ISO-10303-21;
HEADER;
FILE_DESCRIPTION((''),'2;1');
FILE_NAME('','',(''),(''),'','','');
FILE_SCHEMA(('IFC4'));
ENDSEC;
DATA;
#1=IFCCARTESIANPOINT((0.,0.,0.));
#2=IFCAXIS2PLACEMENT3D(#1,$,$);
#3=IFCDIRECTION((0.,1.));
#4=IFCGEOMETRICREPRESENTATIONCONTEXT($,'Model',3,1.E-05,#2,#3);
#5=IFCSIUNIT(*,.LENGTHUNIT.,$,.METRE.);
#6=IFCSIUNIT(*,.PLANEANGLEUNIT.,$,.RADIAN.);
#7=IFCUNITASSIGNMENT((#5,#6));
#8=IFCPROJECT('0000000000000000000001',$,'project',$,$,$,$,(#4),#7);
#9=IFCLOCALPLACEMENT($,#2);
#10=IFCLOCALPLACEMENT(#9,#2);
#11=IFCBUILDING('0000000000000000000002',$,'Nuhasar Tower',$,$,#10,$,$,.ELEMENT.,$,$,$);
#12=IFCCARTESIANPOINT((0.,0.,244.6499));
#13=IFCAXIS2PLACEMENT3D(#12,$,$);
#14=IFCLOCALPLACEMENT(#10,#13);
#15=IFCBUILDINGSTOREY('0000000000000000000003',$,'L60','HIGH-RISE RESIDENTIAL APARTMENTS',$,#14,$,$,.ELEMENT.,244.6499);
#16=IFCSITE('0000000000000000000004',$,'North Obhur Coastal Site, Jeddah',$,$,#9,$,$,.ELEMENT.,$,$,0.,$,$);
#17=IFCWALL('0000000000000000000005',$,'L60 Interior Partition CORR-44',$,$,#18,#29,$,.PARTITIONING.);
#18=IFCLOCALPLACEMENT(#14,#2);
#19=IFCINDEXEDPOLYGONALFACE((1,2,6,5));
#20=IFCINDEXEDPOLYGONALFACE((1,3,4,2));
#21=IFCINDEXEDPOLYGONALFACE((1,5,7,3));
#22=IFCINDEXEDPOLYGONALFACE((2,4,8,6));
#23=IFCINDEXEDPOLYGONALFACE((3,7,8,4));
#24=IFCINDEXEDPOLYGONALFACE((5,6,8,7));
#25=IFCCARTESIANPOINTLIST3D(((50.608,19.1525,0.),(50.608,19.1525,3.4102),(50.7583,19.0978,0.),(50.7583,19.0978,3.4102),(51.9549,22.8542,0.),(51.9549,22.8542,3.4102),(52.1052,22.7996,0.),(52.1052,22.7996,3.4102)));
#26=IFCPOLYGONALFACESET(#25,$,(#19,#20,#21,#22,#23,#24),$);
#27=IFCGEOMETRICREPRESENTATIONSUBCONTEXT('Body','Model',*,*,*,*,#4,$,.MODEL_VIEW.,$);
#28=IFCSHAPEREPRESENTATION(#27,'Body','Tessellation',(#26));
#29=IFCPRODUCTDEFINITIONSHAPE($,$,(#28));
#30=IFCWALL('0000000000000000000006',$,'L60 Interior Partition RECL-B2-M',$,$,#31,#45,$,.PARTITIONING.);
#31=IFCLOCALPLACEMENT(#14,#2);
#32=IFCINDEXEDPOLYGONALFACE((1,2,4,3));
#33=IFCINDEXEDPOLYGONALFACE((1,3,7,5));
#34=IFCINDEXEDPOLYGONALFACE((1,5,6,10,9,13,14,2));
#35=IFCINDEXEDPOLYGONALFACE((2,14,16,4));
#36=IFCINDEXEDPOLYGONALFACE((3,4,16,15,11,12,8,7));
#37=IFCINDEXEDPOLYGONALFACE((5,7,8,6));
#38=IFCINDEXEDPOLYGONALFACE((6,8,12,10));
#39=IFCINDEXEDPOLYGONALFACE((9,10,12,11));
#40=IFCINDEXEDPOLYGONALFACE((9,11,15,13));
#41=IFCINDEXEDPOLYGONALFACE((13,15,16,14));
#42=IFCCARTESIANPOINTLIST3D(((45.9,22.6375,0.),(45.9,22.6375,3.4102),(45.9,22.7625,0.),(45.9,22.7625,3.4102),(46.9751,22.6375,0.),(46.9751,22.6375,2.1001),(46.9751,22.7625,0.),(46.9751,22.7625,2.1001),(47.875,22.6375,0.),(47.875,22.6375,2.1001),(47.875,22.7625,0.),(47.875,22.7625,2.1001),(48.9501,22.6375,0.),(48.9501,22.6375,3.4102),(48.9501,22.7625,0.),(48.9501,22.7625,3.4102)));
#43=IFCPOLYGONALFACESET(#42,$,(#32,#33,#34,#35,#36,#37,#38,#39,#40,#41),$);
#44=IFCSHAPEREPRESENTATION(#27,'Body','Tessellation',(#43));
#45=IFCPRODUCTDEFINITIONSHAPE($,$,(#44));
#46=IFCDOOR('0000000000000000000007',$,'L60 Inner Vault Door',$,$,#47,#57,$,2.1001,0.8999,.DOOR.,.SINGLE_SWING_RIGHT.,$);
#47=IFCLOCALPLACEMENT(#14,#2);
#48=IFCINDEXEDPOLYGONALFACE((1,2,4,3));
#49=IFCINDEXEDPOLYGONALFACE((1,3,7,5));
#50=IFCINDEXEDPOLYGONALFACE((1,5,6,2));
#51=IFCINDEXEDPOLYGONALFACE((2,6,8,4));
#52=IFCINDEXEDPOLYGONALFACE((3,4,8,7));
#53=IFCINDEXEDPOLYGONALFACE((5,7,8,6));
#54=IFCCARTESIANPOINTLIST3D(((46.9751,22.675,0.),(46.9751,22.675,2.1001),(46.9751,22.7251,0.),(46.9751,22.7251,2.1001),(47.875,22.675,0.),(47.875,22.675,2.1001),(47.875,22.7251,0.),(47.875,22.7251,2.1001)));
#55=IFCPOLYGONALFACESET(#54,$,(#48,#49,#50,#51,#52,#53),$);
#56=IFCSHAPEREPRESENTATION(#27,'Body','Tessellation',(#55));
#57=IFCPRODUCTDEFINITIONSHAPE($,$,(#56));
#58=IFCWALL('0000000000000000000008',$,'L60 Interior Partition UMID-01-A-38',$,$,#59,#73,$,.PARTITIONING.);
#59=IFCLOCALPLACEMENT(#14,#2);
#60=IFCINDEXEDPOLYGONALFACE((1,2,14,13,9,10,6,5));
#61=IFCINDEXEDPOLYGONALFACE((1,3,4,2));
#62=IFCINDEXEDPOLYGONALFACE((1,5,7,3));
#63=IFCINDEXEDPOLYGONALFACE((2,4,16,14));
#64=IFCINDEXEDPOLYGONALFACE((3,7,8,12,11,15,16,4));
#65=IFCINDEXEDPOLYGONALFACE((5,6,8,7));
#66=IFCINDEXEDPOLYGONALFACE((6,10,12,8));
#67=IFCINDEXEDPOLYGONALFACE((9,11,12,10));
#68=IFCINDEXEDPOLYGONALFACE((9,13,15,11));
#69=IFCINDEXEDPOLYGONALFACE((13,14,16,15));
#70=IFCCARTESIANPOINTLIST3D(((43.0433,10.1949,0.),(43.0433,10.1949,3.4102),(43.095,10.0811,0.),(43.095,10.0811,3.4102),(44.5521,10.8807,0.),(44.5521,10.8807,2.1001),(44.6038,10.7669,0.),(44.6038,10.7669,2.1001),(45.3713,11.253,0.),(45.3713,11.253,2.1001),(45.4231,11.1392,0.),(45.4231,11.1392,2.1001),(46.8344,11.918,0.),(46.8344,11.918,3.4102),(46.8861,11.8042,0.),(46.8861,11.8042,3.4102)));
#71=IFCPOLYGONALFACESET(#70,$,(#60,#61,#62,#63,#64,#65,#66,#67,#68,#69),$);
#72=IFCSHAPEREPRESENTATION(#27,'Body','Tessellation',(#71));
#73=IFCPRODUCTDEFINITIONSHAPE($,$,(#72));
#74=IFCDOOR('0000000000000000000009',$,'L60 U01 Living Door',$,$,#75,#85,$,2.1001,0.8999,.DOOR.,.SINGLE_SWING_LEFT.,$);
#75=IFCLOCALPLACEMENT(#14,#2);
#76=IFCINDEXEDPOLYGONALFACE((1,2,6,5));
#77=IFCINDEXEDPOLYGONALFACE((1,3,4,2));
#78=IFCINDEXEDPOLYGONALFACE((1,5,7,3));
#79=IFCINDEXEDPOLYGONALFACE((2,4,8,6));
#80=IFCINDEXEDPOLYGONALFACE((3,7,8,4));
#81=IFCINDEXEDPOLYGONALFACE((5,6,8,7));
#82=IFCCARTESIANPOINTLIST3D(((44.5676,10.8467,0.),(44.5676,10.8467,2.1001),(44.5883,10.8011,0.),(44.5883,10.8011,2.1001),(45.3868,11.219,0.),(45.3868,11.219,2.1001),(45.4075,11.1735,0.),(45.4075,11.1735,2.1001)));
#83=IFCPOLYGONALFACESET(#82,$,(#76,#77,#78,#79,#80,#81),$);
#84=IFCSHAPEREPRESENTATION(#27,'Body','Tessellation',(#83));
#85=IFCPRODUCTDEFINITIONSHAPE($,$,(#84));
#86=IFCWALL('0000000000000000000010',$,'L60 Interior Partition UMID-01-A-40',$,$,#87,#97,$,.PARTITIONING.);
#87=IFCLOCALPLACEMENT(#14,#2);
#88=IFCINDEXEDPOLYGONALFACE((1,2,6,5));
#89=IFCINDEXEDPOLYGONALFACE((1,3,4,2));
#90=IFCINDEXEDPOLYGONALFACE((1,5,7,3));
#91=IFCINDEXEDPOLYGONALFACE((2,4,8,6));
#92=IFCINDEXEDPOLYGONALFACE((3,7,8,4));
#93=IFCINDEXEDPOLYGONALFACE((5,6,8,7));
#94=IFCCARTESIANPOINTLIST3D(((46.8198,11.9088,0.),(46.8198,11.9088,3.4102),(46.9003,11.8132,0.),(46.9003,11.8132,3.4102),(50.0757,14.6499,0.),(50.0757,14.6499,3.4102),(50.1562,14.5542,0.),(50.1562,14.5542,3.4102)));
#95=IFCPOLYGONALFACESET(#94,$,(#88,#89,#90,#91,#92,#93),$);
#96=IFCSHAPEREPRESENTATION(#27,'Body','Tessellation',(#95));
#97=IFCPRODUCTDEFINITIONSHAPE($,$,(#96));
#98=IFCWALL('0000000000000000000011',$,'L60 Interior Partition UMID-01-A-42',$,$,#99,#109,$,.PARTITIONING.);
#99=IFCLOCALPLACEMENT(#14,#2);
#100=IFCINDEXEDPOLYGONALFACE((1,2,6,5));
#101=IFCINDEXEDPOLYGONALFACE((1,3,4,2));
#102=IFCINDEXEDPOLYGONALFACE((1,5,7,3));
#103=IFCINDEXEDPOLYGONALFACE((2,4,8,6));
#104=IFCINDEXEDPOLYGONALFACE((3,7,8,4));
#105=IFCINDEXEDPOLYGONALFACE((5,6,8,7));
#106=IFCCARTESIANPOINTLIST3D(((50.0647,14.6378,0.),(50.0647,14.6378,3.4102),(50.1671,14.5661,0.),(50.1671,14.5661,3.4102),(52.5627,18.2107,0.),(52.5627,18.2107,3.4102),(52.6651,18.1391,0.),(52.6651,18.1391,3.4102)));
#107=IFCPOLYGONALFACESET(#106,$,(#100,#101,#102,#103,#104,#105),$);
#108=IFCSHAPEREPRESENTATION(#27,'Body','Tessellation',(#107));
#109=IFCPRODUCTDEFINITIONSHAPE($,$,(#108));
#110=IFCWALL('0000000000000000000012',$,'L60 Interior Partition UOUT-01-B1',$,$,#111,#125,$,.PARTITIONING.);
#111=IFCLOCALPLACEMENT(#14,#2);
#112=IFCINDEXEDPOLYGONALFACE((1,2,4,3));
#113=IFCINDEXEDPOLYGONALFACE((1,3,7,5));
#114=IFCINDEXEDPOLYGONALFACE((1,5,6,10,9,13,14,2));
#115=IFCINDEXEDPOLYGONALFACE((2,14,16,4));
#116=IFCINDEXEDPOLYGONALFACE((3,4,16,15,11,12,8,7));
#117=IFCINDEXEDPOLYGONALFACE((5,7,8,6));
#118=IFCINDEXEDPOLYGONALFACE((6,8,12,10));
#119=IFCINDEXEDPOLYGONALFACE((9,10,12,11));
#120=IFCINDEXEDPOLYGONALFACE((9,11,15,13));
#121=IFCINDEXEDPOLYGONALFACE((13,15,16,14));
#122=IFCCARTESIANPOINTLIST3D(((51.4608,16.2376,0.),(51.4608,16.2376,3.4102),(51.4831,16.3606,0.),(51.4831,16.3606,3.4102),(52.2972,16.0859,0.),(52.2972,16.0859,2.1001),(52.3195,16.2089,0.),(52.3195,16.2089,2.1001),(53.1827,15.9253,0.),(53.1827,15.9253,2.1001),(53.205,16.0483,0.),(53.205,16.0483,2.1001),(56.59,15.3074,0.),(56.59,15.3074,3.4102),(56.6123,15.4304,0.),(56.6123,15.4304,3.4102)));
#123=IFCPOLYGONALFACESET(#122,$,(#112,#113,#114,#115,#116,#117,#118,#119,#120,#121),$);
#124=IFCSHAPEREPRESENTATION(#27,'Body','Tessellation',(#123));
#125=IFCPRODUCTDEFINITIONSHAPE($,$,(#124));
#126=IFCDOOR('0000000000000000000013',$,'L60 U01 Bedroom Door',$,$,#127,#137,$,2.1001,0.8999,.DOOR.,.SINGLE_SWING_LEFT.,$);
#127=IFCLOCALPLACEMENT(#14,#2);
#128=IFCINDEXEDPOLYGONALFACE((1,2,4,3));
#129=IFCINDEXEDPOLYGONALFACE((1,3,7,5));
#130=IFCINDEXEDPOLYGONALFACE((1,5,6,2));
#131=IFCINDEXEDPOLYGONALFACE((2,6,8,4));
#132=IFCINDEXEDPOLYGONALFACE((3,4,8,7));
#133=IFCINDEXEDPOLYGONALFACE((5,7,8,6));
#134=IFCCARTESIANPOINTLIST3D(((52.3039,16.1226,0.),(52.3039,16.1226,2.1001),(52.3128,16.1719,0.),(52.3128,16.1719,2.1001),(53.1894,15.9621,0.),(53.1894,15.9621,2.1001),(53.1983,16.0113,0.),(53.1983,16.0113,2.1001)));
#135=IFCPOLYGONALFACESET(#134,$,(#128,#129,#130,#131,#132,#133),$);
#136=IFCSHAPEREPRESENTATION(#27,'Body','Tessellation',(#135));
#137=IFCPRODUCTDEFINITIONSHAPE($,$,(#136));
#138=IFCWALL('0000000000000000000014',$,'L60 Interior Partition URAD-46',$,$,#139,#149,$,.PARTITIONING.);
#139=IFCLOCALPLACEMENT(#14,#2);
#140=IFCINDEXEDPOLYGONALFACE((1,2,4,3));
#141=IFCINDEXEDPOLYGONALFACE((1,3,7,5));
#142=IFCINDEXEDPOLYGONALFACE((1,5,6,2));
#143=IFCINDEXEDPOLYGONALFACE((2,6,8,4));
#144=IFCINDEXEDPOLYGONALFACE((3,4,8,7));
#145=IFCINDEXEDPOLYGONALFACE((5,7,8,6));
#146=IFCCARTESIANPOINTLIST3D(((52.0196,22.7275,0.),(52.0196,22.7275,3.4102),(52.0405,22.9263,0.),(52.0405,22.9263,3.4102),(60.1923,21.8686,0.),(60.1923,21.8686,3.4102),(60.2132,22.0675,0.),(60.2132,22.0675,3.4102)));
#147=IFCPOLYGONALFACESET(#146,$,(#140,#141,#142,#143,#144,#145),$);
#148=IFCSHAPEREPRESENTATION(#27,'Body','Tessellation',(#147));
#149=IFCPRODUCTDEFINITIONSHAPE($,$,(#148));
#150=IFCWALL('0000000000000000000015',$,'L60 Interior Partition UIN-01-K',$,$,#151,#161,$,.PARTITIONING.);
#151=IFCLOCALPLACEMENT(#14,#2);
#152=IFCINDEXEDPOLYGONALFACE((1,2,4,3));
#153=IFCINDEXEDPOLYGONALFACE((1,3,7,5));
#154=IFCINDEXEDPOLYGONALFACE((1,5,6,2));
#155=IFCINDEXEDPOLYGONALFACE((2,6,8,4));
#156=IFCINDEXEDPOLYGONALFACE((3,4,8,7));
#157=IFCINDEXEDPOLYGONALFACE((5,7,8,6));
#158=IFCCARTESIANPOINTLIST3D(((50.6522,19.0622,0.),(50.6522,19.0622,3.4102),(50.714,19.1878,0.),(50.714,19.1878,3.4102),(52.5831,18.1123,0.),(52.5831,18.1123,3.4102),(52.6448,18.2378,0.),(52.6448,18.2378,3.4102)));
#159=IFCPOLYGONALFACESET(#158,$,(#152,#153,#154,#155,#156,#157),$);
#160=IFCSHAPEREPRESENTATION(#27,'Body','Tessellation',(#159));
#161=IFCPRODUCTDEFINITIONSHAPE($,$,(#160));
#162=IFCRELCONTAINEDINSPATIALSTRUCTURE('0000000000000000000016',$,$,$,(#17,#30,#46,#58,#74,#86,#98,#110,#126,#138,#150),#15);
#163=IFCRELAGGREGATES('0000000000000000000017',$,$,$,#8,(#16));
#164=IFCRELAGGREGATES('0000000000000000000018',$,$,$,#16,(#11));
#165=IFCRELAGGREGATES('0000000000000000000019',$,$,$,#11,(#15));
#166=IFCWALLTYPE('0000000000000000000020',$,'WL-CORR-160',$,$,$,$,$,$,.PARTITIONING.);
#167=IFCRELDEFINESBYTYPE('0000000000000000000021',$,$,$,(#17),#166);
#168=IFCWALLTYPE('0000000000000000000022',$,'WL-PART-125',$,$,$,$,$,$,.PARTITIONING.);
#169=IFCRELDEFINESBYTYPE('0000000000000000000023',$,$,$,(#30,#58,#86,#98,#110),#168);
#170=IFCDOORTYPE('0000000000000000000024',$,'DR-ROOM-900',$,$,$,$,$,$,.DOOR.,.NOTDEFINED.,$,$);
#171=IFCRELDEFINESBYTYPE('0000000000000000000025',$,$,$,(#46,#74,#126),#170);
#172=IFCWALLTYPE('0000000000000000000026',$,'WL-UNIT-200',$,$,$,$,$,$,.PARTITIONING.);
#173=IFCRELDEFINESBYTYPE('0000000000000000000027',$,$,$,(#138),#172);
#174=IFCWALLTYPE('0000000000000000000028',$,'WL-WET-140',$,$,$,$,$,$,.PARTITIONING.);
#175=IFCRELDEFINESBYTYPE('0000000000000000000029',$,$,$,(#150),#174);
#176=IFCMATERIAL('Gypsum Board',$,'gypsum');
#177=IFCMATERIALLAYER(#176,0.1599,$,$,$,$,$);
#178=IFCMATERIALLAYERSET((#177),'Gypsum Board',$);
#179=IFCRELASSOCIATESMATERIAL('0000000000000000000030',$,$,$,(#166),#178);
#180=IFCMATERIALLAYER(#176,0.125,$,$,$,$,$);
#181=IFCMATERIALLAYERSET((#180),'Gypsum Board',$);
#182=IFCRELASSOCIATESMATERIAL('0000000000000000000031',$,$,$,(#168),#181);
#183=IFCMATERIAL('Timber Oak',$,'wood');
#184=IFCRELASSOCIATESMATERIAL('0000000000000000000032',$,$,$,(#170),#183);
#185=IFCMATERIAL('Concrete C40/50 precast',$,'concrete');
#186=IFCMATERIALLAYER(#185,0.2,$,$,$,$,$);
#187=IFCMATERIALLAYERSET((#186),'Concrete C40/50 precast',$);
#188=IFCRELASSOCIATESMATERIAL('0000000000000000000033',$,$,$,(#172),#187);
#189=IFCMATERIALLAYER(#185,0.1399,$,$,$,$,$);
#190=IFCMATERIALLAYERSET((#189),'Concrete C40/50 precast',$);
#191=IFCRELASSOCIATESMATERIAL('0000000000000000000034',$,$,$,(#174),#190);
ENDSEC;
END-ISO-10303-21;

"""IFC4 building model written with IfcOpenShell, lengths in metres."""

from ifc_helpers import new_model, si_unit, direction, frame, frame_2d, origin, place, context, subcontext, project, spatial, rectangle, extrude, material, layer, layer_set, type_object, element, fill, save


model = new_model("IFC4")

# Units and contexts
model_context = context("Model", 3, precision=1e-05, world=origin(), true_north=direction((0.0, 1.0)))
body_context = subcontext(model_context, "Body", "Model", "MODEL_VIEW")
ifc_project = project(units=[si_unit("LENGTHUNIT", "METRE"), si_unit("PLANEANGLEUNIT", "RADIAN")], contexts=[model_context])

# Site, building, storey
site_placement = place(None, origin())
site = spatial("IfcSite", under=ifc_project, at=site_placement, Name="North Obhur Coastal Site, Jeddah", CompositionType="ELEMENT", RefElevation=0.0)
building_placement = place(site_placement, origin())
building = spatial("IfcBuilding", under=site, at=building_placement, Name="Nuhasar Tower", CompositionType="ELEMENT")
storey_placement = place(building_placement, frame((0.0, 0.0, 244.6499)))
storey = spatial("IfcBuildingStorey", under=building, at=storey_placement, Name="L60", Description="HIGH-RISE RESIDENTIAL APARTMENTS", CompositionType="ELEMENT", Elevation=244.6499)

# Wall
ifc_material_1 = material(Name="Gypsum Board", Category="gypsum")
ifc_layer_1 = layer(ifc_material_1, 0.1599)
ifc_layer_set_1 = layer_set([ifc_layer_1], Name="Gypsum Board")
wall_type_1 = type_object("IfcWallType", Name="WL-CORR-160", PredefinedType="PARTITIONING", material=ifc_layer_set_1)
wall_1_placement = place(storey_placement, frame((50.6831, 19.125, 0.0), z_axis=(0.0, 0.0, 1.0), x_axis=(0.341917, 0.93973, 0.0)))
element("IfcWall", 1, at=wall_1_placement, inside=storey, type_object=wall_type_1, Name="L60 Interior Partition CORR-44", PredefinedType="PARTITIONING", context=body_context, shape_type="SweptSolid", body=[
    extrude(rectangle(XDim=3.9392, YDim=0.1599, at=frame_2d((1.9697, 0.0))), origin(), (0.0, 0.0, 1.0), 3.4102),
])

# Walls, openings, doors
ifc_layer_2 = layer(ifc_material_1, 0.125)
ifc_layer_set_2 = layer_set([ifc_layer_2], Name="Gypsum Board")
wall_type_2 = type_object("IfcWallType", Name="WL-PART-125", PredefinedType="PARTITIONING", material=ifc_layer_set_2)
wall_2_placement = place(storey_placement, frame((48.95, 22.7, 0.0), z_axis=(0.0, 0.0, 1.0), x_axis=(-1.0, 0.0, 0.0)))
wall_2 = element("IfcWall", 2, at=wall_2_placement, inside=storey, type_object=wall_type_2, Name="L60 Interior Partition RECL-B2-M", PredefinedType="PARTITIONING", context=body_context, shape_type="SweptSolid", body=[
    extrude(rectangle(XDim=3.05, YDim=0.125, at=frame_2d((1.5249, 0.0))), origin(), (0.0, 0.0, 1.0), 3.4102),
])
opening_1_placement = place(wall_2_placement, frame((1.075, 0.0, 0.0)))
opening_1 = element("IfcOpeningElement", 3, at=opening_1_placement, cuts=wall_2, PredefinedType="OPENING", context=body_context, shape_type="SweptSolid", body=[
    extrude(rectangle(XDim=0.8999, YDim=2.1001, at=frame_2d((0.45, 1.05))), frame((0.0, 0.0725, 0.0), z_axis=(0.0, -1.0, 0.0), x_axis=(1.0, 0.0, 0.0)), (0.0, 0.0, 1.0), 0.145),
])
ifc_material_2 = material(Name="Timber Oak", Category="wood")
door_type = type_object("IfcDoorType", Name="DR-ROOM-900", OperationType="NOTDEFINED", PredefinedType="DOOR", material=ifc_material_2)
door_1_placement = place(opening_1_placement, origin())
door_1 = element("IfcDoor", 4, at=door_1_placement, inside=storey, type_object=door_type, Name="L60 Inner Vault Door", OperationType="SINGLE_SWING_RIGHT", OverallHeight=2.1001, OverallWidth=0.8999, PredefinedType="DOOR", context=body_context, shape_type="SweptSolid", body=[
    extrude(rectangle(XDim=0.8999, YDim=2.1001, at=frame_2d((0.45, 1.05))), frame((0.0, 0.0249, 0.0), z_axis=(0.0, -1.0, 0.0), x_axis=(1.0, 0.0, 0.0)), (0.0, 0.0, 1.0), 0.05),
])
fill(opening_1, door_1)
wall_3_placement = place(storey_placement, frame((46.8601, 11.8611, 0.0), z_axis=(0.0, 0.0, 1.0), x_axis=(-0.91037, -0.413794, 0.0)))
wall_3 = element("IfcWall", 5, at=wall_3_placement, inside=storey, type_object=wall_type_2, Name="L60 Interior Partition UMID-01-A-38", PredefinedType="PARTITIONING", context=body_context, shape_type="SweptSolid", body=[
    extrude(rectangle(XDim=4.1643, YDim=0.125, at=frame_2d((2.082, 0.0))), origin(), (0.0, 0.0, 1.0), 3.4102),
])
opening_2_placement = place(wall_3_placement, frame((1.6069, 0.0, 0.0)))
opening_2 = element("IfcOpeningElement", 6, at=opening_2_placement, cuts=wall_3, PredefinedType="OPENING", context=body_context, shape_type="SweptSolid", body=[
    extrude(rectangle(XDim=0.8999, YDim=2.1001, at=frame_2d((0.45, 1.05))), frame((0.0, 0.0725, 0.0), z_axis=(0.0, -1.0, 0.0), x_axis=(1.0, 0.0, 0.0)), (0.0, 0.0, 1.0), 0.145),
])
door_2_placement = place(opening_2_placement, origin())
door_2 = element("IfcDoor", 7, at=door_2_placement, inside=storey, type_object=door_type, Name="L60 U01 Living Door", OperationType="SINGLE_SWING_LEFT", OverallHeight=2.1001, OverallWidth=0.8999, PredefinedType="DOOR", context=body_context, shape_type="SweptSolid", body=[
    extrude(rectangle(XDim=0.8999, YDim=2.1001, at=frame_2d((0.45, 1.05))), frame((0.0, 0.0249, 0.0), z_axis=(0.0, -1.0, 0.0), x_axis=(1.0, 0.0, 0.0)), (0.0, 0.0, 1.0), 0.05),
])
fill(opening_2, door_2)

# Walls
wall_4_placement = place(storey_placement, frame((46.8601, 11.8611, 0.0), z_axis=(0.0, 0.0, 1.0), x_axis=(0.765005, 0.644024, 0.0)))
element("IfcWall", 8, at=wall_4_placement, inside=storey, type_object=wall_type_2, Name="L60 Interior Partition UMID-01-A-40", PredefinedType="PARTITIONING", context=body_context, shape_type="SweptSolid", body=[
    extrude(rectangle(XDim=4.2561, YDim=0.125, at=frame_2d((2.1279, 0.0))), origin(), (0.0, 0.0, 1.0), 3.4102),
])
wall_5_placement = place(storey_placement, frame((50.116, 14.6021, 0.0), z_axis=(0.0, 0.0, 1.0), x_axis=(0.572992, 0.819561, 0.0)))
element("IfcWall", 9, at=wall_5_placement, inside=storey, type_object=wall_type_2, Name="L60 Interior Partition UMID-01-A-42", PredefinedType="PARTITIONING", context=body_context, shape_type="SweptSolid", body=[
    extrude(rectangle(XDim=4.3596, YDim=0.125, at=frame_2d((2.1797, 0.0))), origin(), (0.0, 0.0, 1.0), 3.4102),
])

# Wall, opening, door
wall_6_placement = place(storey_placement, frame((51.4719, 16.2991, 0.0), z_axis=(0.0, 0.0, 1.0), x_axis=(0.983951, -0.17844, 0.0)))
wall_6 = element("IfcWall", 10, at=wall_6_placement, inside=storey, type_object=wall_type_2, Name="L60 Interior Partition UOUT-01-B1", PredefinedType="PARTITIONING", context=body_context, shape_type="SweptSolid", body=[
    extrude(rectangle(XDim=5.2129, YDim=0.125, at=frame_2d((2.6064, 0.0))), origin(), (0.0, 0.0, 1.0), 3.4102),
])
opening_3_placement = place(wall_6_placement, frame((0.8501, 0.0, 0.0)))
opening_3 = element("IfcOpeningElement", 11, at=opening_3_placement, cuts=wall_6, PredefinedType="OPENING", context=body_context, shape_type="SweptSolid", body=[
    extrude(rectangle(XDim=0.8999, YDim=2.1001, at=frame_2d((0.45, 1.05))), frame((0.0, 0.0725, 0.0), z_axis=(0.0, -1.0, 0.0), x_axis=(1.0, 0.0, 0.0)), (0.0, 0.0, 1.0), 0.145),
])
door_3_placement = place(opening_3_placement, origin())
door_3 = element("IfcDoor", 12, at=door_3_placement, inside=storey, type_object=door_type, Name="L60 U01 Bedroom Door", OperationType="SINGLE_SWING_LEFT", OverallHeight=2.1001, OverallWidth=0.8999, PredefinedType="DOOR", context=body_context, shape_type="SweptSolid", body=[
    extrude(rectangle(XDim=0.8999, YDim=2.1001, at=frame_2d((0.45, 1.05))), frame((0.0, 0.0249, 0.0), z_axis=(0.0, -1.0, 0.0), x_axis=(1.0, 0.0, 0.0)), (0.0, 0.0, 1.0), 0.05),
])
fill(opening_3, door_3)

# Walls
ifc_material_3 = material(Name="Concrete C40/50 precast", Category="concrete")
ifc_layer_3 = layer(ifc_material_3, 0.2)
ifc_layer_set_3 = layer_set([ifc_layer_3], Name="Concrete C40/50 precast")
wall_type_3 = type_object("IfcWallType", Name="WL-UNIT-200", PredefinedType="PARTITIONING", material=ifc_layer_set_3)
wall_7_placement = place(storey_placement, frame((52.03, 22.8269, 0.0), z_axis=(0.0, 0.0, 1.0), x_axis=(0.994523, -0.104515, 0.0)))
element("IfcWall", 13, at=wall_7_placement, inside=storey, type_object=wall_type_3, Name="L60 Interior Partition URAD-46", PredefinedType="PARTITIONING", context=body_context, shape_type="SweptSolid", body=[
    extrude(rectangle(XDim=8.2178, YDim=0.2, at=frame_2d((4.1089, 0.0))), origin(), (0.0, 0.0, 1.0), 3.4102),
])
ifc_layer_4 = layer(ifc_material_3, 0.1399)
ifc_layer_set_4 = layer_set([ifc_layer_4], Name="Concrete C40/50 precast")
wall_type_4 = type_object("IfcWallType", Name="WL-WET-140", PredefinedType="PARTITIONING", material=ifc_layer_set_4)
wall_8_placement = place(storey_placement, frame((50.6831, 19.125, 0.0), z_axis=(0.0, 0.0, 1.0), x_axis=(0.89729, -0.441441, 0.0)))
element("IfcWall", 14, at=wall_8_placement, inside=storey, type_object=wall_type_4, Name="L60 Interior Partition UIN-01-K", PredefinedType="PARTITIONING", context=body_context, shape_type="SweptSolid", body=[
    extrude(rectangle(XDim=2.1519, YDim=0.1399, at=frame_2d((1.0759, 0.0))), origin(), (0.0, 0.0, 1.0), 3.4102),
])

save(model, "model.ifc")
